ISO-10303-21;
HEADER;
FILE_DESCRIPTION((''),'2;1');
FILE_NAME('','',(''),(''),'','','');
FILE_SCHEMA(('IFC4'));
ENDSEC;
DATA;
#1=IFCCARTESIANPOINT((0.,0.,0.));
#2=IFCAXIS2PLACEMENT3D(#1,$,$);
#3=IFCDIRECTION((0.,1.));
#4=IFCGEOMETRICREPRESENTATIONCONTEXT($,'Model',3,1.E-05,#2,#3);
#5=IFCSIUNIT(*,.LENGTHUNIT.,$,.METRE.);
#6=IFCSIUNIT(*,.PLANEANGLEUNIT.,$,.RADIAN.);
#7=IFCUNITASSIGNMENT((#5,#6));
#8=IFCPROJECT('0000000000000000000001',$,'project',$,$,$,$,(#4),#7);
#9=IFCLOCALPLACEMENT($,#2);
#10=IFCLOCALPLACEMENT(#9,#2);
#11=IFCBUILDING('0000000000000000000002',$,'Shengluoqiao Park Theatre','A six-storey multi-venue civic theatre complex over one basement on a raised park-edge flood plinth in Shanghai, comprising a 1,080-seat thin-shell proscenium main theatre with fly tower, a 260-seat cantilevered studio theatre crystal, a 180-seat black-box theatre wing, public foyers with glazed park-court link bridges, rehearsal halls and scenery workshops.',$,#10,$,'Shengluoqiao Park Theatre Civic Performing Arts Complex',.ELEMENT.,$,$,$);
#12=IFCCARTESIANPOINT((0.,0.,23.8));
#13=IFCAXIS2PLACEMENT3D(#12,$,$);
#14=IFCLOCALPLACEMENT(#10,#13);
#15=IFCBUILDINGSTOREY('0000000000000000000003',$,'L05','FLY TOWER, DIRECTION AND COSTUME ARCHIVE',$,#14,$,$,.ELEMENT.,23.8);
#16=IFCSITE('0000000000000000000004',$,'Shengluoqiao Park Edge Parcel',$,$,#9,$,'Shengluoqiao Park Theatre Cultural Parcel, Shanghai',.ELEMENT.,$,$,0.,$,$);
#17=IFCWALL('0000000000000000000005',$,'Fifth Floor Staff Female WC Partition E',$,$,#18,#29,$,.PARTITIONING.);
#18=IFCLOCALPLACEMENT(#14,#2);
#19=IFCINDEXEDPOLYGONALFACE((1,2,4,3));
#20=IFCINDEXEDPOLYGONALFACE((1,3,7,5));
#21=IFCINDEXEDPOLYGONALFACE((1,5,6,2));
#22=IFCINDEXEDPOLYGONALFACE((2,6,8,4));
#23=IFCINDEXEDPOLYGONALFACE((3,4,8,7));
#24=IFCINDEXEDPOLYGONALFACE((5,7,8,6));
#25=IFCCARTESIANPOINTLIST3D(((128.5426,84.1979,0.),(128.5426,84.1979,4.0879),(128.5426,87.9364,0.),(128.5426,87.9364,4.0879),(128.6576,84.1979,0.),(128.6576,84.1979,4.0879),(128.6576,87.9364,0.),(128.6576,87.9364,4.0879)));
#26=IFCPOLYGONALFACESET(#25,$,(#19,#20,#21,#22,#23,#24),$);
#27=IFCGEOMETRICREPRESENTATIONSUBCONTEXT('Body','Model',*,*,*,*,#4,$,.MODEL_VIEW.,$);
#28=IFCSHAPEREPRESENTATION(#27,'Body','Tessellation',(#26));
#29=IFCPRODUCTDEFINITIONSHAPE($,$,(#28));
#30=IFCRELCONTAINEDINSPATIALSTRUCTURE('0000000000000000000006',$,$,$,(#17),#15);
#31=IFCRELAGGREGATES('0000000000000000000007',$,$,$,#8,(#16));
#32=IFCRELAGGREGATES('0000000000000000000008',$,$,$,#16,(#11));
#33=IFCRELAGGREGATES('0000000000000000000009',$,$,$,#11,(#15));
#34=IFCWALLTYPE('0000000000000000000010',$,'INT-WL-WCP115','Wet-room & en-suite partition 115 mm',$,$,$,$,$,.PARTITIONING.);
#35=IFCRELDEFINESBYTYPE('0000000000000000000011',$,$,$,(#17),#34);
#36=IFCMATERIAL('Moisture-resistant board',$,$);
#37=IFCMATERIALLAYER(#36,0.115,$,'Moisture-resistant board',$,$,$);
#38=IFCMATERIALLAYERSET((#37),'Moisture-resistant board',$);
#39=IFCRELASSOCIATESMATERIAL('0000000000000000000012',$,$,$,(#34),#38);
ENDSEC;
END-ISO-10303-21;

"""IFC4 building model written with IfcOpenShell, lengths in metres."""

from ifc_helpers import new_model, si_unit, direction, frame, frame_2d, origin, place, context, subcontext, project, spatial, rectangle, extrude, material, layer, layer_set, type_object, element, save


model = new_model("IFC4")

# Units and contexts
model_context = context("Model", 3, precision=1e-05, world=origin(), true_north=direction((0.0, 1.0)))
body_context = subcontext(model_context, "Body", "Model", "MODEL_VIEW")
ifc_project = project(units=[si_unit("LENGTHUNIT", "METRE"), si_unit("PLANEANGLEUNIT", "RADIAN")], contexts=[model_context])

# Site, building, storey
site_placement = place(None, origin())
site = spatial("IfcSite", under=ifc_project, at=site_placement, Name="Shengluoqiao Park Edge Parcel", LongName="Shengluoqiao Park Theatre Cultural Parcel, Shanghai", CompositionType="ELEMENT", RefElevation=0.0)
building_placement = place(site_placement, origin())
building = spatial("IfcBuilding", under=site, at=building_placement, Name="Shengluoqiao Park Theatre", Description="A six-storey multi-venue civic theatre complex over one basement on a raised park-edge flood plinth in Shanghai, comprising a 1,080-seat thin-shell proscenium main theatre with fly tower, a 260-seat cantilevered studio theatre crystal, a 180-seat black-box theatre wing, public foyers with glazed park-court link bridges, rehearsal halls and scenery workshops.", LongName="Shengluoqiao Park Theatre Civic Performing Arts Complex", CompositionType="ELEMENT")
storey_placement = place(building_placement, frame((0.0, 0.0, 23.8)))
storey = spatial("IfcBuildingStorey", under=building, at=storey_placement, Name="L05", Description="FLY TOWER, DIRECTION AND COSTUME ARCHIVE", CompositionType="ELEMENT", Elevation=23.8)

# Wall
ifc_material_1 = material(Name="Moisture-resistant board")
ifc_layer_1 = layer(ifc_material_1, 0.115, Name="Moisture-resistant board")
ifc_layer_set_1 = layer_set([ifc_layer_1], Name="Moisture-resistant board")
wall_type_1 = type_object("IfcWallType", Name="INT-WL-WCP115", Description="Wet-room & en-suite partition 115 mm", PredefinedType="PARTITIONING", material=ifc_layer_set_1)
wall_1_placement = place(storey_placement, frame((128.6001, 84.198, 0.0), z_axis=(0.0, 0.0, 1.0), x_axis=(0.0, 1.0, 0.0)))
element("IfcWall", 1, at=wall_1_placement, inside=storey, type_object=wall_type_1, Name="Fifth Floor Staff Female WC Partition E", PredefinedType="PARTITIONING", context=body_context, shape_type="SweptSolid", body=[
    extrude(rectangle(XDim=3.7385, YDim=0.115, at=frame_2d((1.8691, 0.0))), origin(), (0.0, 0.0, 1.0), 4.0879),
])

save(model, "model.ifc")
